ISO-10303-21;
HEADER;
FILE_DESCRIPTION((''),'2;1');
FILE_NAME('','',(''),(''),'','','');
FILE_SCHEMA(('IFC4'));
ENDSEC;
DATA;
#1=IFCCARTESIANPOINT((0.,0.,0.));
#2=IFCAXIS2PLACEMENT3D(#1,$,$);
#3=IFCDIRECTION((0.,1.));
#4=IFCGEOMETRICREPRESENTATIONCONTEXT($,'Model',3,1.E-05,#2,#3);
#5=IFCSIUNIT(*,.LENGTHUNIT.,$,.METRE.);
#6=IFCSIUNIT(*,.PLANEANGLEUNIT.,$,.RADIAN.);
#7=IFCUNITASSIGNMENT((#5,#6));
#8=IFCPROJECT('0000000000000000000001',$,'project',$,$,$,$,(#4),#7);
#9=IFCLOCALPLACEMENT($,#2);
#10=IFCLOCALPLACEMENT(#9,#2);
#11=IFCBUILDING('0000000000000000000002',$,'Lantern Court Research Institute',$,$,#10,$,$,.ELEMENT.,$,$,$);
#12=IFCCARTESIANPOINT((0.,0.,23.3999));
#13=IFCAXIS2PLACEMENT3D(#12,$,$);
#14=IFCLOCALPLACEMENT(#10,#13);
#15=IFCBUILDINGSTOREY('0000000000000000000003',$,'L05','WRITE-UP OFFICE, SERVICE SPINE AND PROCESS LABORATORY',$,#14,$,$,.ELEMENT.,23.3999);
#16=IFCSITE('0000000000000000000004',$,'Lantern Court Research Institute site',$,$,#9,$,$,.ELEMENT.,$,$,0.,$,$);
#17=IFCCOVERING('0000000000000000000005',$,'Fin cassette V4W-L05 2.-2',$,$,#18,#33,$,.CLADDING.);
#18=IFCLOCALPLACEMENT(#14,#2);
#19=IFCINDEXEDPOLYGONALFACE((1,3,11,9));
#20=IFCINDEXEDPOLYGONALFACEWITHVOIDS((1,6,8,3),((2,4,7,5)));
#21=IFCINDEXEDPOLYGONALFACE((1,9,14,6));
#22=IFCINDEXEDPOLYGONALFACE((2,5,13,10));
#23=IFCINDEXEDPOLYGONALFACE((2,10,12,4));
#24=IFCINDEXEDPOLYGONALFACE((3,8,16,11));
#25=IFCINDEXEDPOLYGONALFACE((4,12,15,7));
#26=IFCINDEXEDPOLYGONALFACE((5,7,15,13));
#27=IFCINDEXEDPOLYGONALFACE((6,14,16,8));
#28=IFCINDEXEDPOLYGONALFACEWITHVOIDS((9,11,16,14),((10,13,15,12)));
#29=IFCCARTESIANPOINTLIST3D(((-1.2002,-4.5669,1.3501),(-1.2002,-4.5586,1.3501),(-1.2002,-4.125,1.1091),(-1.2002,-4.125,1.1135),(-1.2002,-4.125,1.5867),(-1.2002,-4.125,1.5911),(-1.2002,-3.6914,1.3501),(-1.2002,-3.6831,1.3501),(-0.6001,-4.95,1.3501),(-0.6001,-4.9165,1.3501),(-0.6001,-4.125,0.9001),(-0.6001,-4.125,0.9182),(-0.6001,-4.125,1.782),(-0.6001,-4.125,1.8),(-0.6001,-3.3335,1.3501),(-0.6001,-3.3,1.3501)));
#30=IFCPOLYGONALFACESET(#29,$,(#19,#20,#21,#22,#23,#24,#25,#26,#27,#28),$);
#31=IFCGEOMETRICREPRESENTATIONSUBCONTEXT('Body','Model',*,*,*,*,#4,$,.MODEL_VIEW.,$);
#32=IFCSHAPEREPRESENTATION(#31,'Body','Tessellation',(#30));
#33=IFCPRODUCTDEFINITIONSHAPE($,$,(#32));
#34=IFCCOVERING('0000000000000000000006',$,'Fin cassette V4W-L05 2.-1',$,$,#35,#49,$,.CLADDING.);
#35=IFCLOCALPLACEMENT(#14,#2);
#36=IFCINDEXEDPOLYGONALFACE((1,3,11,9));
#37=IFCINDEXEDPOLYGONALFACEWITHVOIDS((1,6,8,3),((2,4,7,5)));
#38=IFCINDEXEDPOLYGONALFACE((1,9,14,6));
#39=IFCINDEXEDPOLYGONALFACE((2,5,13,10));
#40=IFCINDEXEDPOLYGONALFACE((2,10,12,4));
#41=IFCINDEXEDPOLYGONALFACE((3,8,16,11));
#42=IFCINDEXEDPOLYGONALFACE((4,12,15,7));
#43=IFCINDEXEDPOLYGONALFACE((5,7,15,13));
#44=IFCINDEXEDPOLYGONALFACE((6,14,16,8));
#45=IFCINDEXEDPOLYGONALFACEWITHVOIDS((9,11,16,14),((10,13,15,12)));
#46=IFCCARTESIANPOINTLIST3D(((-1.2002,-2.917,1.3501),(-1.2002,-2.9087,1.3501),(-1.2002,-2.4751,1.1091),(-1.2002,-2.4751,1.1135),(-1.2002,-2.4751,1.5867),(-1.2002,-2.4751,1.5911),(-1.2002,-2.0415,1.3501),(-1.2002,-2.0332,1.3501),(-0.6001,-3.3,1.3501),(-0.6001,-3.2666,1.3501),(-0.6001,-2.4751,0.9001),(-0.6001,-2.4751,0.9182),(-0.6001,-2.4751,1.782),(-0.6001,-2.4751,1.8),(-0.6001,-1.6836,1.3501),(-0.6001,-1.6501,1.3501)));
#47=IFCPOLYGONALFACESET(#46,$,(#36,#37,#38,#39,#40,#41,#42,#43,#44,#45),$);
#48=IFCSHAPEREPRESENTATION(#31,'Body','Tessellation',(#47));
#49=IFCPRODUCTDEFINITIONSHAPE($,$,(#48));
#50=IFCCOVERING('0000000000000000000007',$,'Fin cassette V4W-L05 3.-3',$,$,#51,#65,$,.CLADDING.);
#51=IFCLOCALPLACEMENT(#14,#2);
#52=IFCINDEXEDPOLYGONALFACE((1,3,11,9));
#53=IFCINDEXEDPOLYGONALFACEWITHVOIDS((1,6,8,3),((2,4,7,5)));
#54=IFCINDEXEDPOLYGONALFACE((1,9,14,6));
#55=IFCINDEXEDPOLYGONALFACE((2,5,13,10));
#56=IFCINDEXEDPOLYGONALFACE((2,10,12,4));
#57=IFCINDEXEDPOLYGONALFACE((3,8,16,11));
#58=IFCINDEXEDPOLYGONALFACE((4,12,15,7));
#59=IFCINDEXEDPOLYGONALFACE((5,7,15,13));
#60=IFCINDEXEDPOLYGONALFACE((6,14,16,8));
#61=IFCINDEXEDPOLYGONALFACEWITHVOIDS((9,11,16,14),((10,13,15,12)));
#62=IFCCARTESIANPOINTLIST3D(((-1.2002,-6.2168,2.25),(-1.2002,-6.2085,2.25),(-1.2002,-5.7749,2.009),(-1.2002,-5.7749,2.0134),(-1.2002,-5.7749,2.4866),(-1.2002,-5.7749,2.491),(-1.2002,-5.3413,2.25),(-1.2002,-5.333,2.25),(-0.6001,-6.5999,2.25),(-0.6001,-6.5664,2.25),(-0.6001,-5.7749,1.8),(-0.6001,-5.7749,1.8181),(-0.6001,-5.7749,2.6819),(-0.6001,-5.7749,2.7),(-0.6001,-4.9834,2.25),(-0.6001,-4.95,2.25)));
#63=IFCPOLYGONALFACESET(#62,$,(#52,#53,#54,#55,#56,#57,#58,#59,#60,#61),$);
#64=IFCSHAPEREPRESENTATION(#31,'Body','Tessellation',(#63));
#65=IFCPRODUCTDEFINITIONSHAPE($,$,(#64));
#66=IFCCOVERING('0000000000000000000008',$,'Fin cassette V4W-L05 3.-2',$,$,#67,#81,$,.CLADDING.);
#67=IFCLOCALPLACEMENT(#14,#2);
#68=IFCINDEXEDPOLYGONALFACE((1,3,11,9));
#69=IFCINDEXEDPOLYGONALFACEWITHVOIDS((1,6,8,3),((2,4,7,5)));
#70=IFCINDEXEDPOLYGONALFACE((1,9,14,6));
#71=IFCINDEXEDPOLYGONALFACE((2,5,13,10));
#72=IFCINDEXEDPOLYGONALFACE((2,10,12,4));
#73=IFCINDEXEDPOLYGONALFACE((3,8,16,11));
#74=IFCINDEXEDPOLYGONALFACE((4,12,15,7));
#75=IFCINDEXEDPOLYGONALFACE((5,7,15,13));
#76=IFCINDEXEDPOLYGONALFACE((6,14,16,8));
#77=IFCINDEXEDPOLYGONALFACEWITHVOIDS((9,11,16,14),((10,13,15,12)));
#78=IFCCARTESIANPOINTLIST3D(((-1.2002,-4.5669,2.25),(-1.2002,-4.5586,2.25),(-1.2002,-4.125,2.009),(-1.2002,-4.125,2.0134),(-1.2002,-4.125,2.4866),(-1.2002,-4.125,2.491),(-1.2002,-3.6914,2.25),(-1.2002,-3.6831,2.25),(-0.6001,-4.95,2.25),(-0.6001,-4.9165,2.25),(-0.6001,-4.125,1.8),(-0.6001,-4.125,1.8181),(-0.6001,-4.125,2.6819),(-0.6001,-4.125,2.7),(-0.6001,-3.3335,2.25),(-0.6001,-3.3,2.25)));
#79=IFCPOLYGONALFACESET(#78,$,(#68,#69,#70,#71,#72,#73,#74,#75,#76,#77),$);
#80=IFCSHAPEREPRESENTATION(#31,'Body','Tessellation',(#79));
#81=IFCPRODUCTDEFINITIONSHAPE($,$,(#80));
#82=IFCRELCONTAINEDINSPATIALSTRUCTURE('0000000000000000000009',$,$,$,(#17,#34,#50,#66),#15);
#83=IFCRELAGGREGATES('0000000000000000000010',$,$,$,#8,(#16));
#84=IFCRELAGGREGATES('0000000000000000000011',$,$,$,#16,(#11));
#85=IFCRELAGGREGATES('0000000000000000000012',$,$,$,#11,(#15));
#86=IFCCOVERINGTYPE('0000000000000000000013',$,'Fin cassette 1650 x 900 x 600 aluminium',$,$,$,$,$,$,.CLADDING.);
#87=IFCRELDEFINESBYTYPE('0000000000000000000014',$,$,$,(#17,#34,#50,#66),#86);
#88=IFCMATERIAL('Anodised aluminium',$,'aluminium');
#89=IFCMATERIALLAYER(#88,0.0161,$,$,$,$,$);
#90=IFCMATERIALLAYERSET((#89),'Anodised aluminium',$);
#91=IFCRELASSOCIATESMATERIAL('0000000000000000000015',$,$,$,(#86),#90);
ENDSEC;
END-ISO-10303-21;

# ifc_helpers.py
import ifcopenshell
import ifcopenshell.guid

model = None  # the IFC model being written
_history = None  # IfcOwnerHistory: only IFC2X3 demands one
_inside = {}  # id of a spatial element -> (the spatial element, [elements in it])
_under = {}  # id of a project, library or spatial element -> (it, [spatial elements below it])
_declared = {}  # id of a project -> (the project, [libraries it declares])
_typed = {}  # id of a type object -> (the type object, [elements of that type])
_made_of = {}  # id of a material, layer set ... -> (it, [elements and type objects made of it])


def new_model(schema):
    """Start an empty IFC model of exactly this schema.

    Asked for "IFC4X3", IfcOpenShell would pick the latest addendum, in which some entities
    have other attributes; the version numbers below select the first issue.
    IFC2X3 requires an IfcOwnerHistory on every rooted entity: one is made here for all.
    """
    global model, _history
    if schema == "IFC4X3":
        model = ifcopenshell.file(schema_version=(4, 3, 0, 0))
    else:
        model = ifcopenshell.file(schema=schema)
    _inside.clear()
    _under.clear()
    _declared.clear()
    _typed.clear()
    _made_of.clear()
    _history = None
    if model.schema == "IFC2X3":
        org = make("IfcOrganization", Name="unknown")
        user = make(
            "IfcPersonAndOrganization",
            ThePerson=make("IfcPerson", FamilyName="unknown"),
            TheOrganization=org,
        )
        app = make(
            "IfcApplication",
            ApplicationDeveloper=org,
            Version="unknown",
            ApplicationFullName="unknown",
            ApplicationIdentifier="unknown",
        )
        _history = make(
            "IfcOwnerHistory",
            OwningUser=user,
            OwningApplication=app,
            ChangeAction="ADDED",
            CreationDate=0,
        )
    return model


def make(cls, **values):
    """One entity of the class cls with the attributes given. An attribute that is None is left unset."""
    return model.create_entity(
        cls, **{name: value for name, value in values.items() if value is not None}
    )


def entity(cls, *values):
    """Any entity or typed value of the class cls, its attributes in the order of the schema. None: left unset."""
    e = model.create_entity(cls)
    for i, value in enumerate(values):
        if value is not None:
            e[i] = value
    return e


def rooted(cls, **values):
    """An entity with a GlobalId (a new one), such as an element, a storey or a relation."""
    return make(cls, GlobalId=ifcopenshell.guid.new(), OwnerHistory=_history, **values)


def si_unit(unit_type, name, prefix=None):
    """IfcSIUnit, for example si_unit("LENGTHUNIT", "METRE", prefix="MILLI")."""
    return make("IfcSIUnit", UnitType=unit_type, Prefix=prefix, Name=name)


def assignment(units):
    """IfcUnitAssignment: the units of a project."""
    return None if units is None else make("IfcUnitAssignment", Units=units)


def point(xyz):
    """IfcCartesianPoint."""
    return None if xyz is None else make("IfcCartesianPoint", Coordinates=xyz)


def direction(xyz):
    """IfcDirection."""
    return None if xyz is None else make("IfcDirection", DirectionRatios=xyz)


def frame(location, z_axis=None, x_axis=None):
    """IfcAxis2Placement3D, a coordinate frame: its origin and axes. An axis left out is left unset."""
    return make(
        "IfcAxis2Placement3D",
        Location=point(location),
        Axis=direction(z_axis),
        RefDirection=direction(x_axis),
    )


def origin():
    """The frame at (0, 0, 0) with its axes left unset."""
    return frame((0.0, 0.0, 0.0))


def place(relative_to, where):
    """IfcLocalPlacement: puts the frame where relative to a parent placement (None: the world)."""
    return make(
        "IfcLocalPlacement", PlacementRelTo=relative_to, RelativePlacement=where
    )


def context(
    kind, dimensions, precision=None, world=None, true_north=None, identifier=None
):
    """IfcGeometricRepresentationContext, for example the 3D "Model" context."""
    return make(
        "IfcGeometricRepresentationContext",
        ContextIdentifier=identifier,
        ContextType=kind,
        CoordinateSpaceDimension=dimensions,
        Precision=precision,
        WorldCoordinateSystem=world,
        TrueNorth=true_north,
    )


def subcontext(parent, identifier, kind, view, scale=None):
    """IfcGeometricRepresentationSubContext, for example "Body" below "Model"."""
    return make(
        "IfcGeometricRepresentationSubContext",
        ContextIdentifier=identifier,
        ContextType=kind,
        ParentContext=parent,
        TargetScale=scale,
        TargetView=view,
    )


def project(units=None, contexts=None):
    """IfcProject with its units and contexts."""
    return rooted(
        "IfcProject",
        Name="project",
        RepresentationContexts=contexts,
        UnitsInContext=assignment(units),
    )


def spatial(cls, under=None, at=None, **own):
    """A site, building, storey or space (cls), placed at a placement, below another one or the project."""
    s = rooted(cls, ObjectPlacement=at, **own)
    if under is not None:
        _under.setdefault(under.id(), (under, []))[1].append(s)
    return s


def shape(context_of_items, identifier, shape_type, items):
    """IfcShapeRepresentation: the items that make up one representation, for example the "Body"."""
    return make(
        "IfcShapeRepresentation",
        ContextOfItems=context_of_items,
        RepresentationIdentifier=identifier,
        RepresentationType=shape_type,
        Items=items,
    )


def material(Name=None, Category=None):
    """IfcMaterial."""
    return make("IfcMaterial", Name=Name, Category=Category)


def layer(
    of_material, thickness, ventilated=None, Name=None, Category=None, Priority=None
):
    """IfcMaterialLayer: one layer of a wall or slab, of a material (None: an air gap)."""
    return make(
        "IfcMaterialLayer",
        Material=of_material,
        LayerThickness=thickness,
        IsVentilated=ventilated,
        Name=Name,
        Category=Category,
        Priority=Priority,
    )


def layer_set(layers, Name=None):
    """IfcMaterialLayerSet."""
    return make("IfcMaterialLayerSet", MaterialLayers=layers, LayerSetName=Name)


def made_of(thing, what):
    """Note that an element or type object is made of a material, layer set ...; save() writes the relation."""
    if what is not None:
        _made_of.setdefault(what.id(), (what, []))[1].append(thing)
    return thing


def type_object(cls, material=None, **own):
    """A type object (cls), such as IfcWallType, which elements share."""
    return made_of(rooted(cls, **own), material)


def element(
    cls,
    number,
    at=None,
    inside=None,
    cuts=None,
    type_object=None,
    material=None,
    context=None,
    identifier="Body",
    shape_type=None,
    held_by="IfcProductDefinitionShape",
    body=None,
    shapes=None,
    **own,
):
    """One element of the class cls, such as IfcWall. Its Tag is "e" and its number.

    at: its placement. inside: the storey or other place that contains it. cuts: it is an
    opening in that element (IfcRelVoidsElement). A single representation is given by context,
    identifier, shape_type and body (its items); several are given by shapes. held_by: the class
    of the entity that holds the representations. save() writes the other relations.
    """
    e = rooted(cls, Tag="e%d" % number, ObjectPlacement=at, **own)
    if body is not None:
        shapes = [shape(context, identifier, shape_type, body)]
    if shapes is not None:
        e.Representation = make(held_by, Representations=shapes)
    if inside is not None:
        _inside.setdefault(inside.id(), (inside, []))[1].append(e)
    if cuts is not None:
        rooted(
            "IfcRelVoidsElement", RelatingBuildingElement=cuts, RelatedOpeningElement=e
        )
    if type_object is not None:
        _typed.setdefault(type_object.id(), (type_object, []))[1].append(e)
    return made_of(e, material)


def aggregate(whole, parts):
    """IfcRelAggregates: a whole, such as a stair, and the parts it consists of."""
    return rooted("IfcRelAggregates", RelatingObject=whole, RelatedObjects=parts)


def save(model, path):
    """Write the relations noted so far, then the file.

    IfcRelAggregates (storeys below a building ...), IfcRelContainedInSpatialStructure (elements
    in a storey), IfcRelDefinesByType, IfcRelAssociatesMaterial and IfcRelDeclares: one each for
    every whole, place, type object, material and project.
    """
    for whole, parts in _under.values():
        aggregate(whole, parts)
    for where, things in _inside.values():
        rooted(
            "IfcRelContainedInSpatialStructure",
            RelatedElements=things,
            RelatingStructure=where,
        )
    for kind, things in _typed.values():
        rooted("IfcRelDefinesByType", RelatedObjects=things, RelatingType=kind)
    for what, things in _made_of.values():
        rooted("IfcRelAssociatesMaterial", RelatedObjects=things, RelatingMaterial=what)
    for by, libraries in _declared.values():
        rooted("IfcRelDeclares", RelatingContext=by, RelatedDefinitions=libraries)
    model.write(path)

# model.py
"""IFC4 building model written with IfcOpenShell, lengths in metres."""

from ifc_helpers import new_model, entity, si_unit, direction, frame, origin, place, context, subcontext, project, spatial, material, layer, layer_set, type_object, element, save


model = new_model("IFC4")

# Units and contexts
model_context = context("Model", 3, precision=1e-05, world=origin(), true_north=direction((0.0, 1.0)))
body_context = subcontext(model_context, "Body", "Model", "MODEL_VIEW")
ifc_project = project(units=[si_unit("LENGTHUNIT", "METRE"), si_unit("PLANEANGLEUNIT", "RADIAN")], contexts=[model_context])

# Site, building, storey
site_placement = place(None, origin())
site = spatial("IfcSite", under=ifc_project, at=site_placement, Name="Lantern Court Research Institute site", CompositionType="ELEMENT", RefElevation=0.0)
building_placement = place(site_placement, origin())
building = spatial("IfcBuilding", under=site, at=building_placement, Name="Lantern Court Research Institute", CompositionType="ELEMENT")
storey_placement = place(building_placement, frame((0.0, 0.0, 23.3999)))
storey = spatial("IfcBuildingStorey", under=building, at=storey_placement, Name="L05", Description="WRITE-UP OFFICE, SERVICE SPINE AND PROCESS LABORATORY", CompositionType="ELEMENT", Elevation=23.3999)

# Coverings
ifc_material_1 = material(Name="Anodised aluminium", Category="aluminium")
ifc_layer_1 = layer(ifc_material_1, 0.0161)
ifc_layer_set_1 = layer_set([ifc_layer_1], Name="Anodised aluminium")
covering_type = type_object("IfcCoveringType", Name="Fin cassette 1650 x 900 x 600 aluminium", PredefinedType="CLADDING", material=ifc_layer_set_1)
covering_1_placement = place(storey_placement, frame((-0.6001, -4.125, 1.3501), z_axis=(-1.0, 0.0, 0.0), x_axis=(0.0, -1.0, 0.0)))
cartesian_point_1 = entity("IfcCartesianPoint", [0.825, 0.0])
cartesian_point_2 = entity("IfcCartesianPoint", [0.7915, 0.0])
cartesian_point_3 = entity("IfcCartesianPoint", [0.4419, 0.0])
cartesian_point_4 = entity("IfcCartesianPoint", [0.4336, 0.0])
element("IfcCovering", 1, at=covering_1_placement, inside=storey, type_object=covering_type, Name="Fin cassette V4W-L05 2.-2", PredefinedType="CLADDING", context=body_context, shape_type="SweptSolid", body=[
    entity("IfcExtrudedAreaSolidTapered", entity("IfcArbitraryProfileDefWithVoids", "AREA", None, entity("IfcPolyline", [cartesian_point_1, entity("IfcCartesianPoint", [0.0, 0.45]), entity("IfcCartesianPoint", [-0.825, 0.0]), entity("IfcCartesianPoint", [0.0, -0.45]), cartesian_point_1]), [entity("IfcPolyline", [cartesian_point_2, entity("IfcCartesianPoint", [0.0, 0.4319]), entity("IfcCartesianPoint", [-0.7915, 0.0]), entity("IfcCartesianPoint", [0.0, -0.4319]), cartesian_point_2])]), entity("IfcAxis2Placement3D", entity("IfcCartesianPoint", [0.0, 0.0, 0.0])), entity("IfcDirection", [0.0, 0.0, 1.0]), 0.6001, entity("IfcArbitraryProfileDefWithVoids", "AREA", None, entity("IfcPolyline", [cartesian_point_3, entity("IfcCartesianPoint", [0.0, 0.241]), entity("IfcCartesianPoint", [-0.4419, 0.0]), entity("IfcCartesianPoint", [0.0, -0.241]), cartesian_point_3]), [entity("IfcPolyline", [cartesian_point_4, entity("IfcCartesianPoint", [0.0, 0.2366]), entity("IfcCartesianPoint", [-0.4336, 0.0]), entity("IfcCartesianPoint", [0.0, -0.2366]), cartesian_point_4])])),
])
covering_2_placement = place(storey_placement, frame((-0.6001, -2.4751, 1.3501), z_axis=(-1.0, 0.0, 0.0), x_axis=(0.0, -1.0, 0.0)))
cartesian_point_5 = entity("IfcCartesianPoint", [0.825, 0.0])
cartesian_point_6 = entity("IfcCartesianPoint", [0.7915, 0.0])
cartesian_point_7 = entity("IfcCartesianPoint", [0.4419, 0.0])
cartesian_point_8 = entity("IfcCartesianPoint", [0.4336, 0.0])
element("IfcCovering", 2, at=covering_2_placement, inside=storey, type_object=covering_type, Name="Fin cassette V4W-L05 2.-1", PredefinedType="CLADDING", context=body_context, shape_type="SweptSolid", body=[
    entity("IfcExtrudedAreaSolidTapered", entity("IfcArbitraryProfileDefWithVoids", "AREA", None, entity("IfcPolyline", [cartesian_point_5, entity("IfcCartesianPoint", [0.0, 0.45]), entity("IfcCartesianPoint", [-0.825, 0.0]), entity("IfcCartesianPoint", [0.0, -0.45]), cartesian_point_5]), [entity("IfcPolyline", [cartesian_point_6, entity("IfcCartesianPoint", [0.0, 0.4319]), entity("IfcCartesianPoint", [-0.7915, 0.0]), entity("IfcCartesianPoint", [0.0, -0.4319]), cartesian_point_6])]), entity("IfcAxis2Placement3D", entity("IfcCartesianPoint", [0.0, 0.0, 0.0])), entity("IfcDirection", [0.0, 0.0, 1.0]), 0.6001, entity("IfcArbitraryProfileDefWithVoids", "AREA", None, entity("IfcPolyline", [cartesian_point_7, entity("IfcCartesianPoint", [0.0, 0.241]), entity("IfcCartesianPoint", [-0.4419, 0.0]), entity("IfcCartesianPoint", [0.0, -0.241]), cartesian_point_7]), [entity("IfcPolyline", [cartesian_point_8, entity("IfcCartesianPoint", [0.0, 0.2366]), entity("IfcCartesianPoint", [-0.4336, 0.0]), entity("IfcCartesianPoint", [0.0, -0.2366]), cartesian_point_8])])),
])
covering_3_placement = place(storey_placement, frame((-0.6001, -5.7749, 2.25), z_axis=(-1.0, 0.0, 0.0), x_axis=(0.0, -1.0, 0.0)))
cartesian_point_9 = entity("IfcCartesianPoint", [0.825, 0.0])
cartesian_point_10 = entity("IfcCartesianPoint", [0.7915, 0.0])
cartesian_point_11 = entity("IfcCartesianPoint", [0.4419, 0.0])
cartesian_point_12 = entity("IfcCartesianPoint", [0.4336, 0.0])
element("IfcCovering", 3, at=covering_3_placement, inside=storey, type_object=covering_type, Name="Fin cassette V4W-L05 3.-3", PredefinedType="CLADDING", context=body_context, shape_type="SweptSolid", body=[
    entity("IfcExtrudedAreaSolidTapered", entity("IfcArbitraryProfileDefWithVoids", "AREA", None, entity("IfcPolyline", [cartesian_point_9, entity("IfcCartesianPoint", [0.0, 0.45]), entity("IfcCartesianPoint", [-0.825, 0.0]), entity("IfcCartesianPoint", [0.0, -0.45]), cartesian_point_9]), [entity("IfcPolyline", [cartesian_point_10, entity("IfcCartesianPoint", [0.0, 0.4319]), entity("IfcCartesianPoint", [-0.7915, 0.0]), entity("IfcCartesianPoint", [0.0, -0.4319]), cartesian_point_10])]), entity("IfcAxis2Placement3D", entity("IfcCartesianPoint", [0.0, 0.0, 0.0])), entity("IfcDirection", [0.0, 0.0, 1.0]), 0.6001, entity("IfcArbitraryProfileDefWithVoids", "AREA", None, entity("IfcPolyline", [cartesian_point_11, entity("IfcCartesianPoint", [0.0, 0.241]), entity("IfcCartesianPoint", [-0.4419, 0.0]), entity("IfcCartesianPoint", [0.0, -0.241]), cartesian_point_11]), [entity("IfcPolyline", [cartesian_point_12, entity("IfcCartesianPoint", [0.0, 0.2366]), entity("IfcCartesianPoint", [-0.4336, 0.0]), entity("IfcCartesianPoint", [0.0, -0.2366]), cartesian_point_12])])),
])
covering_4_placement = place(storey_placement, frame((-0.6001, -4.125, 2.25), z_axis=(-1.0, 0.0, 0.0), x_axis=(0.0, -1.0, 0.0)))
cartesian_point_13 = entity("IfcCartesianPoint", [0.825, 0.0])
cartesian_point_14 = entity("IfcCartesianPoint", [0.7915, 0.0])
cartesian_point_15 = entity("IfcCartesianPoint", [0.4419, 0.0])
cartesian_point_16 = entity("IfcCartesianPoint", [0.4336, 0.0])
element("IfcCovering", 4, at=covering_4_placement, inside=storey, type_object=covering_type, Name="Fin cassette V4W-L05 3.-2", PredefinedType="CLADDING", context=body_context, shape_type="SweptSolid", body=[
    entity("IfcExtrudedAreaSolidTapered", entity("IfcArbitraryProfileDefWithVoids", "AREA", None, entity("IfcPolyline", [cartesian_point_13, entity("IfcCartesianPoint", [0.0, 0.45]), entity("IfcCartesianPoint", [-0.825, 0.0]), entity("IfcCartesianPoint", [0.0, -0.45]), cartesian_point_13]), [entity("IfcPolyline", [cartesian_point_14, entity("IfcCartesianPoint", [0.0, 0.4319]), entity("IfcCartesianPoint", [-0.7915, 0.0]), entity("IfcCartesianPoint", [0.0, -0.4319]), cartesian_point_14])]), entity("IfcAxis2Placement3D", entity("IfcCartesianPoint", [0.0, 0.0, 0.0])), entity("IfcDirection", [0.0, 0.0, 1.0]), 0.6001, entity("IfcArbitraryProfileDefWithVoids", "AREA", None, entity("IfcPolyline", [cartesian_point_15, entity("IfcCartesianPoint", [0.0, 0.241]), entity("IfcCartesianPoint", [-0.4419, 0.0]), entity("IfcCartesianPoint", [0.0, -0.241]), cartesian_point_15]), [entity("IfcPolyline", [cartesian_point_16, entity("IfcCartesianPoint", [0.0, 0.2366]), entity("IfcCartesianPoint", [-0.4336, 0.0]), entity("IfcCartesianPoint", [0.0, -0.2366]), cartesian_point_16])])),
])

save(model, "model.ifc")
